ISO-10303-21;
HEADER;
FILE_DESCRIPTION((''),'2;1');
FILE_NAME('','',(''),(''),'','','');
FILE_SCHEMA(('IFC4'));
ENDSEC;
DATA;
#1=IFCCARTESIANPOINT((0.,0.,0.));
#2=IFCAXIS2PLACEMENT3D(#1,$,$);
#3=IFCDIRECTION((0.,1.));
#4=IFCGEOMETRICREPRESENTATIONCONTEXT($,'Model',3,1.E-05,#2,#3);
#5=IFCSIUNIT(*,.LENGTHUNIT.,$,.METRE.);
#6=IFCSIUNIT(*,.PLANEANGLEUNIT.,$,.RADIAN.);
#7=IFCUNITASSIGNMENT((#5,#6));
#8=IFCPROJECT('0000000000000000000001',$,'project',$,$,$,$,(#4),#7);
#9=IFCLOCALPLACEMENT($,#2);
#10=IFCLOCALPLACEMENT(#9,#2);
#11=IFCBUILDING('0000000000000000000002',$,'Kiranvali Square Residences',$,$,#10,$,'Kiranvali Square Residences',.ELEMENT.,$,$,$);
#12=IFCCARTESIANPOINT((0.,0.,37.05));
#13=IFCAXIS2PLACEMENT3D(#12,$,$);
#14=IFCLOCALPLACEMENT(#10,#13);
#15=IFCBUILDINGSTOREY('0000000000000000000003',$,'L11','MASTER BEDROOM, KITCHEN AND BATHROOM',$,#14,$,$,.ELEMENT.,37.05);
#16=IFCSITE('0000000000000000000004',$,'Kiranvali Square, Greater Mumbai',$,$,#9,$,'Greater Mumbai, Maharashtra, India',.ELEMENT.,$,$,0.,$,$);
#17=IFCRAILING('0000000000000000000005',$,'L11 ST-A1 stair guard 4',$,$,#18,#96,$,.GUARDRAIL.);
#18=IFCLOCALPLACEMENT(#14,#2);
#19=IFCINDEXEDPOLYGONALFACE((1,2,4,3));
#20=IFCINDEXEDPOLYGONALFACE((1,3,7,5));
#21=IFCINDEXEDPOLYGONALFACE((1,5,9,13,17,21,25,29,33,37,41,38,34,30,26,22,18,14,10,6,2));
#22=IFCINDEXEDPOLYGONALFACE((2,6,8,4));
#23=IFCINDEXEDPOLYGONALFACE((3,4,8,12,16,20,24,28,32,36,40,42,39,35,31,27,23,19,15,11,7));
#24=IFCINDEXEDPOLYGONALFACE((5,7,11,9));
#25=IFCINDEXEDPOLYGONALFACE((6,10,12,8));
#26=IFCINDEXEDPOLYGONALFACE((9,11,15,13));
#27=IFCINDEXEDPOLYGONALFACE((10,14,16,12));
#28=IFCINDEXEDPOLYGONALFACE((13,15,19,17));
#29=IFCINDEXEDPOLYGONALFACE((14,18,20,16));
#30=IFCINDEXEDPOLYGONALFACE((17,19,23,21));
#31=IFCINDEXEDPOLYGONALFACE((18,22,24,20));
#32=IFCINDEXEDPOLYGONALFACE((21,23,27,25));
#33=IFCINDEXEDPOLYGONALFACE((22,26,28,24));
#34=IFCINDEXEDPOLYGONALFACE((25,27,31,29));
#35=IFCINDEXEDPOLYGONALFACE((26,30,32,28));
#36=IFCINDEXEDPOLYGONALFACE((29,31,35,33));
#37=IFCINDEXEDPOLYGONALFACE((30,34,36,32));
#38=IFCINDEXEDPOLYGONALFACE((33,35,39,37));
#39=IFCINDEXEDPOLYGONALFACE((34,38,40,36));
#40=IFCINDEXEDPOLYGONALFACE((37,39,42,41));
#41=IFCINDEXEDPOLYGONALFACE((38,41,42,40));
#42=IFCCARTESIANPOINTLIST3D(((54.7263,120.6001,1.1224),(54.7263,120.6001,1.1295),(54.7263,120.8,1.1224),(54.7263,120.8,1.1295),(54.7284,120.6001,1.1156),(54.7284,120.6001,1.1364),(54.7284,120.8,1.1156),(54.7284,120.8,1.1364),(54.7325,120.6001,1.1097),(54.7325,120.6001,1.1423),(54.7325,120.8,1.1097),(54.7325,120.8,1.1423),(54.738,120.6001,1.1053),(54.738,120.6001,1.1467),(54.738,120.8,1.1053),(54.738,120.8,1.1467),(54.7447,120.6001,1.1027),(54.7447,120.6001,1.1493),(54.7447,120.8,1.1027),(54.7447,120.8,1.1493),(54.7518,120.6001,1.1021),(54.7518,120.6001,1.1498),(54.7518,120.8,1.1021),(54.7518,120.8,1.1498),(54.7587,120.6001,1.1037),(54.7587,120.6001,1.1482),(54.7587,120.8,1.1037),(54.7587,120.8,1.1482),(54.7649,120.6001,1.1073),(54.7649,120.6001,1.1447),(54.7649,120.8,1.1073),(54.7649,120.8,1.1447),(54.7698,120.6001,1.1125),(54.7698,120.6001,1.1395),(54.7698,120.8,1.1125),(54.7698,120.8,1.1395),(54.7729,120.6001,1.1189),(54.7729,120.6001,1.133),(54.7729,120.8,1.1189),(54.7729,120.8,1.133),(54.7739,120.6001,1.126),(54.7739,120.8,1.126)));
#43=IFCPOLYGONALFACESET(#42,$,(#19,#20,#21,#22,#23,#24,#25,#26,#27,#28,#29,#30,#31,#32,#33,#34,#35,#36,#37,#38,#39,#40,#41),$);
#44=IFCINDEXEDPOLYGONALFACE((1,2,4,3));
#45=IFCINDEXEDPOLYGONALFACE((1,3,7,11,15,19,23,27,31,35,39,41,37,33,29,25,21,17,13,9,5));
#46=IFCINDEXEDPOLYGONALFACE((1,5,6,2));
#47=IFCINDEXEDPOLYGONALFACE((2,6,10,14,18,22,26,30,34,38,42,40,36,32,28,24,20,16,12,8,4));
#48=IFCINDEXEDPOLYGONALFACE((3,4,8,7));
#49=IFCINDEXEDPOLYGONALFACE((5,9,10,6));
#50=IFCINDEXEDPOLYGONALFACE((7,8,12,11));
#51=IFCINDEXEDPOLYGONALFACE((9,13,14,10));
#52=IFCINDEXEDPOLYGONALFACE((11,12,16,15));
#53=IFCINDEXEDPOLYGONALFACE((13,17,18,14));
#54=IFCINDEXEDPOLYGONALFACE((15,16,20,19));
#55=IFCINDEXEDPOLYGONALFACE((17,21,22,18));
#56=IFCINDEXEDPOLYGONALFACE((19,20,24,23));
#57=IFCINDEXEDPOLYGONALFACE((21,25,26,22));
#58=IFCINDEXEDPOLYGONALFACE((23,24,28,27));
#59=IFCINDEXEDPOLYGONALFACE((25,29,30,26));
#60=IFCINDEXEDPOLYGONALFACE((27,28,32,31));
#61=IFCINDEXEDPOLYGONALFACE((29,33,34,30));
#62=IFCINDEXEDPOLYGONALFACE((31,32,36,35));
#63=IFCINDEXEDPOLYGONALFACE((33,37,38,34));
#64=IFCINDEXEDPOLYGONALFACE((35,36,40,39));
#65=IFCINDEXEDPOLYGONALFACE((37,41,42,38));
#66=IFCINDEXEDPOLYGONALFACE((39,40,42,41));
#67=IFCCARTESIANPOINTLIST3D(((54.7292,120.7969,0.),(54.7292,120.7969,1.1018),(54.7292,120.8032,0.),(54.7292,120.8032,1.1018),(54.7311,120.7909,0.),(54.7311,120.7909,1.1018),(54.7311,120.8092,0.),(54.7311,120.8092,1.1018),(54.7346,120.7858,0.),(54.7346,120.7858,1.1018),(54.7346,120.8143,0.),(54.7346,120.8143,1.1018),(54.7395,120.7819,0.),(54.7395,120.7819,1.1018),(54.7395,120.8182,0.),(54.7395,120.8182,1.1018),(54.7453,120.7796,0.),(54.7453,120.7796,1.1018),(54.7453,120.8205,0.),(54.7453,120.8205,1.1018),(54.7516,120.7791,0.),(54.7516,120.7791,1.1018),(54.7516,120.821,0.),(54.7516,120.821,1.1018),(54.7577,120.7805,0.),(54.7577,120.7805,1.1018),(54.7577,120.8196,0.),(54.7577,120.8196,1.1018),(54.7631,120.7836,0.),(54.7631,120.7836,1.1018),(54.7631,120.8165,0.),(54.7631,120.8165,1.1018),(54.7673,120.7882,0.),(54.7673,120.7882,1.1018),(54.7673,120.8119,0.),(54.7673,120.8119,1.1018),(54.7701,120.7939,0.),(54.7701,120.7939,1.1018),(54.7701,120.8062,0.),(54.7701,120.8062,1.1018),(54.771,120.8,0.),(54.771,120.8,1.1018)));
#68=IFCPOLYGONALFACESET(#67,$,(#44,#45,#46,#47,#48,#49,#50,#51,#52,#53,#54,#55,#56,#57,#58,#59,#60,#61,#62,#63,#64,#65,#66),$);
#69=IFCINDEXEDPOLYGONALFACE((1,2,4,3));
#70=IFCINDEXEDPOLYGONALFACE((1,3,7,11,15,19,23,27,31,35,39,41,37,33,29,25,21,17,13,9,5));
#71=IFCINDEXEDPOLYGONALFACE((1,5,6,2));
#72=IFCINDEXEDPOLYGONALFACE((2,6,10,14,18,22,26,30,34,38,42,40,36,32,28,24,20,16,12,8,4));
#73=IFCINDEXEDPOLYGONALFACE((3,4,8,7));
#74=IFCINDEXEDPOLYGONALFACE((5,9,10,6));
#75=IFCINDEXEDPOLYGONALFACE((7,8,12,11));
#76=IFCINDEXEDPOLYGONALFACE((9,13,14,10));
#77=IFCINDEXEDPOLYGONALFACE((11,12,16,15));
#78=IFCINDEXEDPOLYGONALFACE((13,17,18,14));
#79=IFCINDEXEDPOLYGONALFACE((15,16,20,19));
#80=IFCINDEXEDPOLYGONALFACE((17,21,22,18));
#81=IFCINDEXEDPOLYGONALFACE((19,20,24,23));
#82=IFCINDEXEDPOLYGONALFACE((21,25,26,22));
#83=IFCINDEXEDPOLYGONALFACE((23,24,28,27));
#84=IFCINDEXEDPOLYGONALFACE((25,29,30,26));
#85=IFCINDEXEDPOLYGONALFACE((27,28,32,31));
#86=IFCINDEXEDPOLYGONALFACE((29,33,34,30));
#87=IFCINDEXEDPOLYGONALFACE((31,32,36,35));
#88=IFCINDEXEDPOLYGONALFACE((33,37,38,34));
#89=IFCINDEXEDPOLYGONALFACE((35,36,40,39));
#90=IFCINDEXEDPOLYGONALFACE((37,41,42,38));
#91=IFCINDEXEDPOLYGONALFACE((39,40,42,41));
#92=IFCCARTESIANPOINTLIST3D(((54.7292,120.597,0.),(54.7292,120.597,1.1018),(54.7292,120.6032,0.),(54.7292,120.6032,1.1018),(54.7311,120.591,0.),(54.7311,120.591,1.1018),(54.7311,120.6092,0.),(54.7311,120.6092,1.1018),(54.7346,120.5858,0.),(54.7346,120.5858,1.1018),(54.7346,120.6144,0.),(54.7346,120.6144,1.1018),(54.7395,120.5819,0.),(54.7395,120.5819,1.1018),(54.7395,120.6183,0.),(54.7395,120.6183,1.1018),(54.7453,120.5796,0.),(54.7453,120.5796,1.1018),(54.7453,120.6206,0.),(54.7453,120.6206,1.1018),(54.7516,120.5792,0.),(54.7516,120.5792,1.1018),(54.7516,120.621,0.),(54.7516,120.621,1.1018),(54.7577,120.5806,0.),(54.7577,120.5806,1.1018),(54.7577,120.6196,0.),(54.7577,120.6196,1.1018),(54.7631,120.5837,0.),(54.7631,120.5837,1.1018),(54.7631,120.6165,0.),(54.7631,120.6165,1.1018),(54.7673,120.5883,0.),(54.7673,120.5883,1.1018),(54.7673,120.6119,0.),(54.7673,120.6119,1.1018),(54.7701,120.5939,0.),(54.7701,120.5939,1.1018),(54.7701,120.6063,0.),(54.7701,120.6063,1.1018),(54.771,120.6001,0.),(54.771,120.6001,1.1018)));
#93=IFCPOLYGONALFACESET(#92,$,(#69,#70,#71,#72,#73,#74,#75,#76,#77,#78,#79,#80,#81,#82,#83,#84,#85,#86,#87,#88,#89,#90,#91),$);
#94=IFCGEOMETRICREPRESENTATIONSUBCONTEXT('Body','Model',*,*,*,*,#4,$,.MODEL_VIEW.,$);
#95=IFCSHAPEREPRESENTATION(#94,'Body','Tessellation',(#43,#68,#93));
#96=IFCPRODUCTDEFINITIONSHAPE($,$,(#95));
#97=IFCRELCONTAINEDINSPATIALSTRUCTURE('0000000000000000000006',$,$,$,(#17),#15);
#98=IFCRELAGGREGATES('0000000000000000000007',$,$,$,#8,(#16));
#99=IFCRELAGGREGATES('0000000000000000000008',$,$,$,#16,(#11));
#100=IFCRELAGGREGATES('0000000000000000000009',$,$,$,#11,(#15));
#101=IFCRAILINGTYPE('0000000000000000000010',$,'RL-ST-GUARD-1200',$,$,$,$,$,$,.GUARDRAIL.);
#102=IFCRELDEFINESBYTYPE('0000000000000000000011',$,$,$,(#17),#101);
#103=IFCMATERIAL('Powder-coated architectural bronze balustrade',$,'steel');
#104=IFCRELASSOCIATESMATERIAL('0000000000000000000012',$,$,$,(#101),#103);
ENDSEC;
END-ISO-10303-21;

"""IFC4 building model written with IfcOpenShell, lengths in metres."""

from ifc_helpers import new_model, si_unit, direction, frame, origin, origin_2d, place, context, subcontext, project, spatial, circle, extrude, material, type_object, element, save


model = new_model("IFC4")

# Units and contexts
model_context = context("Model", 3, precision=1e-05, world=origin(), true_north=direction((0.0, 1.0)))
body_context = subcontext(model_context, "Body", "Model", "MODEL_VIEW")
ifc_project = project(units=[si_unit("LENGTHUNIT", "METRE"), si_unit("PLANEANGLEUNIT", "RADIAN")], contexts=[model_context])

# Site, building, storey
site_placement = place(None, origin())
site = spatial("IfcSite", under=ifc_project, at=site_placement, Name="Kiranvali Square, Greater Mumbai", LongName="Greater Mumbai, Maharashtra, India", CompositionType="ELEMENT", RefElevation=0.0)
building_placement = place(site_placement, origin())
building = spatial("IfcBuilding", under=site, at=building_placement, Name="Kiranvali Square Residences", LongName="Kiranvali Square Residences", CompositionType="ELEMENT")
storey_placement = place(building_placement, frame((0.0, 0.0, 37.05)))
storey = spatial("IfcBuildingStorey", under=building, at=storey_placement, Name="L11", Description="MASTER BEDROOM, KITCHEN AND BATHROOM", CompositionType="ELEMENT", Elevation=37.05)

# Railing
ifc_material_1 = material(Name="Powder-coated architectural bronze balustrade", Category="steel")
railing_type_1 = type_object("IfcRailingType", Name="RL-ST-GUARD-1200", PredefinedType="GUARDRAIL", material=ifc_material_1)
railing_1_placement = place(storey_placement, frame((54.75, 120.8, 0.0)))
element("IfcRailing", 1, at=railing_1_placement, inside=storey, type_object=railing_type_1, Name="L11 ST-A1 stair guard 4", PredefinedType="GUARDRAIL", context=body_context, shape_type="SweptSolid", body=[
    extrude(circle(Radius=0.0239, at=origin_2d()), frame((0.0, 0.0, 1.126), z_axis=(0.0, -1.0, 0.0), x_axis=(1.0, 0.0, 0.0)), (0.0, 0.0, 1.0), 0.2),
    extrude(circle(Radius=0.021, at=origin_2d()), origin(), (0.0, 0.0, 1.0), 1.1018),
    extrude(circle(Radius=0.021, at=origin_2d()), frame((0.0, -0.2, 0.0)), (0.0, 0.0, 1.0), 1.1018),
])

save(model, "model.ifc")
